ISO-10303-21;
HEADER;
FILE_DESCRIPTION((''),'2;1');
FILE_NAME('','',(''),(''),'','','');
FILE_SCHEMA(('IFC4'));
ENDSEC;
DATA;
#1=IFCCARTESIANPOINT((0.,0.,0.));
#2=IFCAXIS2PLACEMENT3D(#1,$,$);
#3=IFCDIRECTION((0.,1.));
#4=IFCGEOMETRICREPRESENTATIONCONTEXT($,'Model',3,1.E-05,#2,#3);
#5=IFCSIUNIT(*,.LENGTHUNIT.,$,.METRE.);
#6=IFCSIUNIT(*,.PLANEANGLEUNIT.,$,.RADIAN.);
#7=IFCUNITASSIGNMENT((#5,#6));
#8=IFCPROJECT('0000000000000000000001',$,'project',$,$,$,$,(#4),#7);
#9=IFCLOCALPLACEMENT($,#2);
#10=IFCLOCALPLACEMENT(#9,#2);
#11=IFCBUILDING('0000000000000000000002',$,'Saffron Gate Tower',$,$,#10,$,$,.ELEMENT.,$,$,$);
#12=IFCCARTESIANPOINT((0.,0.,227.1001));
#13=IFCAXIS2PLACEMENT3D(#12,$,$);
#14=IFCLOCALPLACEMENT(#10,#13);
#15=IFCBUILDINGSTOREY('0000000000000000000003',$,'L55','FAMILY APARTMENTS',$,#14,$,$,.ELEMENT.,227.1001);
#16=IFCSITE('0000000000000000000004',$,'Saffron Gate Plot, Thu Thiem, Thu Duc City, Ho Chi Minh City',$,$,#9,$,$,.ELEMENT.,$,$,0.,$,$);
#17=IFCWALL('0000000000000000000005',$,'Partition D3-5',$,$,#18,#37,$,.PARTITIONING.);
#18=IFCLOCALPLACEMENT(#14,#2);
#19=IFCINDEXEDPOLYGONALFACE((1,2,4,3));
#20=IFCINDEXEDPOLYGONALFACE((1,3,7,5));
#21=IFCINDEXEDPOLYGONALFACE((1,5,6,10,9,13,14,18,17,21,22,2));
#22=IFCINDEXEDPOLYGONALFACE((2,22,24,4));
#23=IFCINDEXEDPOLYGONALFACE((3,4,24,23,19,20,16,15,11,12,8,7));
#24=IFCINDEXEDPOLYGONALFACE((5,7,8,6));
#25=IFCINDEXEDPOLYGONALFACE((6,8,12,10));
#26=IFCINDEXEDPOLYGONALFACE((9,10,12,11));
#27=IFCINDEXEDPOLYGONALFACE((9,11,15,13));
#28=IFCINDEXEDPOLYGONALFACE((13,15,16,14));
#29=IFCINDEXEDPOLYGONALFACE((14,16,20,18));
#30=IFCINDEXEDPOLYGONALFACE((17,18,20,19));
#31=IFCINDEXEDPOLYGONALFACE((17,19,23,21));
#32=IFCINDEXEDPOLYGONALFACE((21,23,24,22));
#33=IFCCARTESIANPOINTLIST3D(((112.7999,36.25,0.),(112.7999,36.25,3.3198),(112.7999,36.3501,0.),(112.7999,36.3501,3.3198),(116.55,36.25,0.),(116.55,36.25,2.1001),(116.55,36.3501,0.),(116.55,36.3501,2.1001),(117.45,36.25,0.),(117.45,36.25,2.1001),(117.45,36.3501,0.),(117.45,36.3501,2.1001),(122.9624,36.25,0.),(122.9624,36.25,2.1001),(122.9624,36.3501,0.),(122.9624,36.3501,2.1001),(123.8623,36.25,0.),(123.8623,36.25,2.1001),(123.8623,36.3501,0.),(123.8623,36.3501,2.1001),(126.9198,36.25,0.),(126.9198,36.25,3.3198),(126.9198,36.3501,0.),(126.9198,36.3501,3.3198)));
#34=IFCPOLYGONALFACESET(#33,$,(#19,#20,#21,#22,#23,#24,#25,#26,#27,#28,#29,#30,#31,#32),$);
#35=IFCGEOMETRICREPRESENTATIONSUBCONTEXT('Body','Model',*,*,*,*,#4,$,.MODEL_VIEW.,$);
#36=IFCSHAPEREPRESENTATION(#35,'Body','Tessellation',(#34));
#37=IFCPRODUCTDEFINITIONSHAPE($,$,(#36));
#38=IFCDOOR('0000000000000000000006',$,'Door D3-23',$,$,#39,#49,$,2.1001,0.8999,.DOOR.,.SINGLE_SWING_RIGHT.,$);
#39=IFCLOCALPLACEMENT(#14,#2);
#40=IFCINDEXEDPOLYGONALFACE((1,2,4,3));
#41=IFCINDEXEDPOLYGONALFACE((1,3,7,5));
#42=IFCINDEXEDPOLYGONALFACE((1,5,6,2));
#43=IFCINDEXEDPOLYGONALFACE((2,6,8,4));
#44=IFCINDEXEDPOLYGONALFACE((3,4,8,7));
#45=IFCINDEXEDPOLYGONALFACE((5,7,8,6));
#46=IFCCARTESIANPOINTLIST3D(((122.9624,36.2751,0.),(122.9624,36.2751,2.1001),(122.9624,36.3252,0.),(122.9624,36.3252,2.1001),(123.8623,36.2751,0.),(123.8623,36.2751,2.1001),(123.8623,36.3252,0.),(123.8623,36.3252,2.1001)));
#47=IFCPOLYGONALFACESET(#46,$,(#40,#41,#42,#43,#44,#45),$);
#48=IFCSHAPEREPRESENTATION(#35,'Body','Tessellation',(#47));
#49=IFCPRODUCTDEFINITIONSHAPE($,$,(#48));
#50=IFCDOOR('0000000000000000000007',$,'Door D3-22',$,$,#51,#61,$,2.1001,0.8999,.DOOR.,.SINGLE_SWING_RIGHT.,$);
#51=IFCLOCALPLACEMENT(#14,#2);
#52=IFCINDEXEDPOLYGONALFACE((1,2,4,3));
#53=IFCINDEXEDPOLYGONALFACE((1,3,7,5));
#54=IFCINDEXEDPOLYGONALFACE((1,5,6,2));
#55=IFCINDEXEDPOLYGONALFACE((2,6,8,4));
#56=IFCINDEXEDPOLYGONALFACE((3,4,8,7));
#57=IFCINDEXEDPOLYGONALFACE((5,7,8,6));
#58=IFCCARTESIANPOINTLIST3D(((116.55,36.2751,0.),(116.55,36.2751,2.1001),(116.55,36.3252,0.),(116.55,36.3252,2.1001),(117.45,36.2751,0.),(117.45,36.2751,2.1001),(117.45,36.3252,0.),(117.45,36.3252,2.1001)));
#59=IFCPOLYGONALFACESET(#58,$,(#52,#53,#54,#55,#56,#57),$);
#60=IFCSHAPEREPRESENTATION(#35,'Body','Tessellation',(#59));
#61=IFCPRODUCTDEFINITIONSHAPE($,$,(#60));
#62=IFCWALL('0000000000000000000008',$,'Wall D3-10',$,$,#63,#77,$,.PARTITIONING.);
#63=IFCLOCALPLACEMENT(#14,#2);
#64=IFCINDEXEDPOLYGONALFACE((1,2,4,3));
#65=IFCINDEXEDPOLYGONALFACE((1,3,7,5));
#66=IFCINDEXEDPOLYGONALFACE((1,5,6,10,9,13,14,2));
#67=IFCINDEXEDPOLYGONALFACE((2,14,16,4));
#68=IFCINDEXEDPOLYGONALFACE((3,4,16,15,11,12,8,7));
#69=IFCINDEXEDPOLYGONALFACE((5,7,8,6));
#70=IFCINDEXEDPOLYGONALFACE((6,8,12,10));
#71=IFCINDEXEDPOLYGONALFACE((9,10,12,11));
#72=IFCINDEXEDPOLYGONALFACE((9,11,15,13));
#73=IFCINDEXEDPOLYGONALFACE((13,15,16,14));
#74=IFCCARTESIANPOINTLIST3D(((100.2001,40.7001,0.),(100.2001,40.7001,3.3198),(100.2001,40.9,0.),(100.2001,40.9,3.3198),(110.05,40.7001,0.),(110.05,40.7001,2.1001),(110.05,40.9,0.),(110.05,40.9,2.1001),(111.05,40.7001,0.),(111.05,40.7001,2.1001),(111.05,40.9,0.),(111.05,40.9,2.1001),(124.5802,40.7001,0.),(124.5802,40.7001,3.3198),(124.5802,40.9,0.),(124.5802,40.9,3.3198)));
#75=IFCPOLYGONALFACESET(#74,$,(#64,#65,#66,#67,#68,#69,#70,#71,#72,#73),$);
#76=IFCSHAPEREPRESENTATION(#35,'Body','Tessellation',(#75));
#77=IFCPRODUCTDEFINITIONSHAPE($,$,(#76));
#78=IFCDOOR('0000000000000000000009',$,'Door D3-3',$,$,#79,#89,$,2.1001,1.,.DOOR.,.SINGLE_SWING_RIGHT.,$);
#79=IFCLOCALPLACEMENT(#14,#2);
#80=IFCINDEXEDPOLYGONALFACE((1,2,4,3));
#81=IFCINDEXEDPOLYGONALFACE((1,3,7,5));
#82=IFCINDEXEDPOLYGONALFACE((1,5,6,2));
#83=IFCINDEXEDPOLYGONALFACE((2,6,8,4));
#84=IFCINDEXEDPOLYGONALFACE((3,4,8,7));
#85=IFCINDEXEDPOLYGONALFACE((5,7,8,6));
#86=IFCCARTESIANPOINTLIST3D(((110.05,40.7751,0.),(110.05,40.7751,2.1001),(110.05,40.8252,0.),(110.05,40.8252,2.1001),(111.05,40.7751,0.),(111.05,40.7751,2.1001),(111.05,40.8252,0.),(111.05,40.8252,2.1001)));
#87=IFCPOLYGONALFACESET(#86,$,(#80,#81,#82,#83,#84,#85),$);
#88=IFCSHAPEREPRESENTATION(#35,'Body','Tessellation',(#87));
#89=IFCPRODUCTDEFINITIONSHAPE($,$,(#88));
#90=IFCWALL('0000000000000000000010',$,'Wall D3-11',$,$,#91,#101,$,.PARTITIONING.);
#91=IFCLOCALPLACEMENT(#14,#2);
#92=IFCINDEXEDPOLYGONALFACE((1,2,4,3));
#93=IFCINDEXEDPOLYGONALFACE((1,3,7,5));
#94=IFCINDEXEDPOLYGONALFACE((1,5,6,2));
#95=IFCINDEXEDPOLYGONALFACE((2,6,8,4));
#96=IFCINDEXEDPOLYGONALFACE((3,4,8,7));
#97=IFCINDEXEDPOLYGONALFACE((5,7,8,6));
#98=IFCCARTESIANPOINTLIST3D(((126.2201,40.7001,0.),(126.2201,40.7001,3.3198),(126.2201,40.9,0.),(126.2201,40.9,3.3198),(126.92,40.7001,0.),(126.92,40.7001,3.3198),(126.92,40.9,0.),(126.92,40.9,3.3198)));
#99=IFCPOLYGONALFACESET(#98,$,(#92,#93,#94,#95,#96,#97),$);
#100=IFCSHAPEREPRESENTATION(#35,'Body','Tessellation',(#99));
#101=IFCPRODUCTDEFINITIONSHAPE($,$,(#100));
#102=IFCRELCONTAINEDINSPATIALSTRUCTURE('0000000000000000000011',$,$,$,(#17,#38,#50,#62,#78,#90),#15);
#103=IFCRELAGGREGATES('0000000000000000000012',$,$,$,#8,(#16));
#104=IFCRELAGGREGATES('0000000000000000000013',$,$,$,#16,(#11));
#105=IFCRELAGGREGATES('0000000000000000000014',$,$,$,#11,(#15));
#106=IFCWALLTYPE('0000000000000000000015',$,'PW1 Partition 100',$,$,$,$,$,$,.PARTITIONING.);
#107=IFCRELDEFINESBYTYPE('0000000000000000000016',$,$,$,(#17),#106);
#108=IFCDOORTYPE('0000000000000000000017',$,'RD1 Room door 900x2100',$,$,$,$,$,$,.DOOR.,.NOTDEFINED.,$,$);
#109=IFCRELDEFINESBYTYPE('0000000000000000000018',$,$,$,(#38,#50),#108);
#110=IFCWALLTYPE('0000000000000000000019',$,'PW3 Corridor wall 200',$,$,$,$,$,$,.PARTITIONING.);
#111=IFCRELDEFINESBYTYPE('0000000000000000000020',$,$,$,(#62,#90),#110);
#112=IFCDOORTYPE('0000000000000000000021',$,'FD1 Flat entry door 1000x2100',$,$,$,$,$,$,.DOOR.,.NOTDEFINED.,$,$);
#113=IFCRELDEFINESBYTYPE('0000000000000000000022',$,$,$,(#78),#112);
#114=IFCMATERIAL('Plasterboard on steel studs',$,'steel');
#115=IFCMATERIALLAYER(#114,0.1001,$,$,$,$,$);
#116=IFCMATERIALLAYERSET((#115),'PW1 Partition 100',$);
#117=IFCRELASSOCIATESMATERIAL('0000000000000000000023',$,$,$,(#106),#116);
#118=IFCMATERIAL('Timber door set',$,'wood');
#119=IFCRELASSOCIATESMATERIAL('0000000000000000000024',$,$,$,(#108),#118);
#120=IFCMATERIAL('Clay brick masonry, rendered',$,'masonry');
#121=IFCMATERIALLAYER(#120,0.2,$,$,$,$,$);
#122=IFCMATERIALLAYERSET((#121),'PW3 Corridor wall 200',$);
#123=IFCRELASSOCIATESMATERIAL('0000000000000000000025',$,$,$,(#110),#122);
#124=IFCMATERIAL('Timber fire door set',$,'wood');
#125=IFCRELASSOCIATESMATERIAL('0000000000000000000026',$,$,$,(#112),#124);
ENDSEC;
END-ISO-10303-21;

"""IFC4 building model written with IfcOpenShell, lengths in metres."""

from ifc_helpers import new_model, si_unit, direction, frame, frame_2d, origin, place, context, subcontext, project, spatial, rectangle, extrude, material, layer, layer_set, type_object, element, fill, save


model = new_model("IFC4")

# Units and contexts
model_context = context("Model", 3, precision=1e-05, world=origin(), true_north=direction((0.0, 1.0)))
body_context = subcontext(model_context, "Body", "Model", "MODEL_VIEW")
ifc_project = project(units=[si_unit("LENGTHUNIT", "METRE"), si_unit("PLANEANGLEUNIT", "RADIAN")], contexts=[model_context])

# Site, building, storey
site_placement = place(None, origin())
site = spatial("IfcSite", under=ifc_project, at=site_placement, Name="Saffron Gate Plot, Thu Thiem, Thu Duc City, Ho Chi Minh City", CompositionType="ELEMENT", RefElevation=0.0)
building_placement = place(site_placement, origin())
building = spatial("IfcBuilding", under=site, at=building_placement, Name="Saffron Gate Tower", CompositionType="ELEMENT")
storey_placement = place(building_placement, frame((0.0, 0.0, 227.1001)))
storey = spatial("IfcBuildingStorey", under=building, at=storey_placement, Name="L55", Description="FAMILY APARTMENTS", CompositionType="ELEMENT", Elevation=227.1001)

# Wall, openings, doors
ifc_material_1 = material(Name="Plasterboard on steel studs", Category="steel")
ifc_layer_1 = layer(ifc_material_1, 0.1001)
ifc_layer_set_1 = layer_set([ifc_layer_1], Name="PW1 Partition 100")
wall_type_1 = type_object("IfcWallType", Name="PW1 Partition 100", PredefinedType="PARTITIONING", material=ifc_layer_set_1)
wall_1_placement = place(storey_placement, frame((126.9199, 36.3, 0.0), z_axis=(0.0, 0.0, 1.0), x_axis=(-1.0, 0.0, 0.0)))
wall_1 = element("IfcWall", 1, at=wall_1_placement, inside=storey, type_object=wall_type_1, Name="Partition D3-5", PredefinedType="PARTITIONING", context=body_context, shape_type="SweptSolid", body=[
    extrude(rectangle(XDim=14.1199, YDim=0.1001, at=frame_2d((7.0601, 0.0))), origin(), (0.0, 0.0, 1.0), 3.3198),
])
opening_1_placement = place(wall_1_placement, frame((3.0576, 0.0, 0.0)))
opening_1 = element("IfcOpeningElement", 2, at=opening_1_placement, cuts=wall_1, PredefinedType="OPENING", context=body_context, shape_type="SweptSolid", body=[
    extrude(rectangle(XDim=0.8999, YDim=2.1001, at=frame_2d((0.45, 1.05))), frame((0.0, 0.0601, 0.0), z_axis=(0.0, -1.0, 0.0), x_axis=(1.0, 0.0, 0.0)), (0.0, 0.0, 1.0), 0.1201),
])
opening_2_placement = place(wall_1_placement, frame((9.47, 0.0, 0.0)))
opening_2 = element("IfcOpeningElement", 3, at=opening_2_placement, cuts=wall_1, PredefinedType="OPENING", context=body_context, shape_type="SweptSolid", body=[
    extrude(rectangle(XDim=0.8999, YDim=2.1001, at=frame_2d((0.45, 1.05))), frame((0.0, 0.0601, 0.0), z_axis=(0.0, -1.0, 0.0), x_axis=(1.0, 0.0, 0.0)), (0.0, 0.0, 1.0), 0.1201),
])
ifc_material_2 = material(Name="Timber door set", Category="wood")
door_type_1 = type_object("IfcDoorType", Name="RD1 Room door 900x2100", OperationType="NOTDEFINED", PredefinedType="DOOR", material=ifc_material_2)
door_1_placement = place(opening_1_placement, origin())
door_1 = element("IfcDoor", 4, at=door_1_placement, inside=storey, type_object=door_type_1, Name="Door D3-23", OperationType="SINGLE_SWING_RIGHT", OverallHeight=2.1001, OverallWidth=0.8999, PredefinedType="DOOR", context=body_context, shape_type="SweptSolid", body=[
    extrude(rectangle(XDim=0.8999, YDim=2.1001, at=frame_2d((0.45, 1.05))), frame((0.0, 0.0249, 0.0), z_axis=(0.0, -1.0, 0.0), x_axis=(1.0, 0.0, 0.0)), (0.0, 0.0, 1.0), 0.05),
])
fill(opening_1, door_1)
door_2_placement = place(opening_2_placement, origin())
door_2 = element("IfcDoor", 5, at=door_2_placement, inside=storey, type_object=door_type_1, Name="Door D3-22", OperationType="SINGLE_SWING_RIGHT", OverallHeight=2.1001, OverallWidth=0.8999, PredefinedType="DOOR", context=body_context, shape_type="SweptSolid", body=[
    extrude(rectangle(XDim=0.8999, YDim=2.1001, at=frame_2d((0.45, 1.05))), frame((0.0, 0.0249, 0.0), z_axis=(0.0, -1.0, 0.0), x_axis=(1.0, 0.0, 0.0)), (0.0, 0.0, 1.0), 0.05),
])
fill(opening_2, door_2)

# Wall, opening, door
ifc_material_3 = material(Name="Clay brick masonry, rendered", Category="masonry")
ifc_layer_2 = layer(ifc_material_3, 0.2)
ifc_layer_set_2 = layer_set([ifc_layer_2], Name="PW3 Corridor wall 200")
wall_type_2 = type_object("IfcWallType", Name="PW3 Corridor wall 200", PredefinedType="PARTITIONING", material=ifc_layer_set_2)
wall_2_placement = place(storey_placement, frame((124.5801, 40.8, 0.0), z_axis=(0.0, 0.0, 1.0), x_axis=(-1.0, 0.0, 0.0)))
wall_2 = element("IfcWall", 6, at=wall_2_placement, inside=storey, type_object=wall_type_2, Name="Wall D3-10", PredefinedType="PARTITIONING", context=body_context, shape_type="SweptSolid", body=[
    extrude(rectangle(XDim=24.3801, YDim=0.2, at=frame_2d((12.1899, 0.0))), origin(), (0.0, 0.0, 1.0), 3.3198),
])
opening_3_placement = place(wall_2_placement, frame((13.53, 0.0, 0.0)))
opening_3 = element("IfcOpeningElement", 7, at=opening_3_placement, cuts=wall_2, PredefinedType="OPENING", context=body_context, shape_type="SweptSolid", body=[
    extrude(rectangle(XDim=1.0, YDim=2.1001, at=frame_2d((0.5, 1.05))), frame((0.0, 0.1099, 0.0), z_axis=(0.0, -1.0, 0.0), x_axis=(1.0, 0.0, 0.0)), (0.0, 0.0, 1.0), 0.22),
])
ifc_material_4 = material(Name="Timber fire door set", Category="wood")
door_type_2 = type_object("IfcDoorType", Name="FD1 Flat entry door 1000x2100", OperationType="NOTDEFINED", PredefinedType="DOOR", material=ifc_material_4)
door_3_placement = place(opening_3_placement, origin())
door_3 = element("IfcDoor", 8, at=door_3_placement, inside=storey, type_object=door_type_2, Name="Door D3-3", OperationType="SINGLE_SWING_RIGHT", OverallHeight=2.1001, OverallWidth=1.0, PredefinedType="DOOR", context=body_context, shape_type="SweptSolid", body=[
    extrude(rectangle(XDim=1.0, YDim=2.1001, at=frame_2d((0.5, 1.05))), frame((0.0, 0.0249, 0.0), z_axis=(0.0, -1.0, 0.0), x_axis=(1.0, 0.0, 0.0)), (0.0, 0.0, 1.0), 0.05),
])
fill(opening_3, door_3)

# Wall
wall_3_placement = place(storey_placement, frame((126.22, 40.8, 0.0), z_axis=(0.0, 0.0, 1.0), x_axis=(1.0, 0.0, 0.0)))
element("IfcWall", 9, at=wall_3_placement, inside=storey, type_object=wall_type_2, Name="Wall D3-11", PredefinedType="PARTITIONING", context=body_context, shape_type="SweptSolid", body=[
    extrude(rectangle(XDim=0.7, YDim=0.2, at=frame_2d((0.3501, 0.0))), origin(), (0.0, 0.0, 1.0), 3.3198),
])

save(model, "model.ifc")
